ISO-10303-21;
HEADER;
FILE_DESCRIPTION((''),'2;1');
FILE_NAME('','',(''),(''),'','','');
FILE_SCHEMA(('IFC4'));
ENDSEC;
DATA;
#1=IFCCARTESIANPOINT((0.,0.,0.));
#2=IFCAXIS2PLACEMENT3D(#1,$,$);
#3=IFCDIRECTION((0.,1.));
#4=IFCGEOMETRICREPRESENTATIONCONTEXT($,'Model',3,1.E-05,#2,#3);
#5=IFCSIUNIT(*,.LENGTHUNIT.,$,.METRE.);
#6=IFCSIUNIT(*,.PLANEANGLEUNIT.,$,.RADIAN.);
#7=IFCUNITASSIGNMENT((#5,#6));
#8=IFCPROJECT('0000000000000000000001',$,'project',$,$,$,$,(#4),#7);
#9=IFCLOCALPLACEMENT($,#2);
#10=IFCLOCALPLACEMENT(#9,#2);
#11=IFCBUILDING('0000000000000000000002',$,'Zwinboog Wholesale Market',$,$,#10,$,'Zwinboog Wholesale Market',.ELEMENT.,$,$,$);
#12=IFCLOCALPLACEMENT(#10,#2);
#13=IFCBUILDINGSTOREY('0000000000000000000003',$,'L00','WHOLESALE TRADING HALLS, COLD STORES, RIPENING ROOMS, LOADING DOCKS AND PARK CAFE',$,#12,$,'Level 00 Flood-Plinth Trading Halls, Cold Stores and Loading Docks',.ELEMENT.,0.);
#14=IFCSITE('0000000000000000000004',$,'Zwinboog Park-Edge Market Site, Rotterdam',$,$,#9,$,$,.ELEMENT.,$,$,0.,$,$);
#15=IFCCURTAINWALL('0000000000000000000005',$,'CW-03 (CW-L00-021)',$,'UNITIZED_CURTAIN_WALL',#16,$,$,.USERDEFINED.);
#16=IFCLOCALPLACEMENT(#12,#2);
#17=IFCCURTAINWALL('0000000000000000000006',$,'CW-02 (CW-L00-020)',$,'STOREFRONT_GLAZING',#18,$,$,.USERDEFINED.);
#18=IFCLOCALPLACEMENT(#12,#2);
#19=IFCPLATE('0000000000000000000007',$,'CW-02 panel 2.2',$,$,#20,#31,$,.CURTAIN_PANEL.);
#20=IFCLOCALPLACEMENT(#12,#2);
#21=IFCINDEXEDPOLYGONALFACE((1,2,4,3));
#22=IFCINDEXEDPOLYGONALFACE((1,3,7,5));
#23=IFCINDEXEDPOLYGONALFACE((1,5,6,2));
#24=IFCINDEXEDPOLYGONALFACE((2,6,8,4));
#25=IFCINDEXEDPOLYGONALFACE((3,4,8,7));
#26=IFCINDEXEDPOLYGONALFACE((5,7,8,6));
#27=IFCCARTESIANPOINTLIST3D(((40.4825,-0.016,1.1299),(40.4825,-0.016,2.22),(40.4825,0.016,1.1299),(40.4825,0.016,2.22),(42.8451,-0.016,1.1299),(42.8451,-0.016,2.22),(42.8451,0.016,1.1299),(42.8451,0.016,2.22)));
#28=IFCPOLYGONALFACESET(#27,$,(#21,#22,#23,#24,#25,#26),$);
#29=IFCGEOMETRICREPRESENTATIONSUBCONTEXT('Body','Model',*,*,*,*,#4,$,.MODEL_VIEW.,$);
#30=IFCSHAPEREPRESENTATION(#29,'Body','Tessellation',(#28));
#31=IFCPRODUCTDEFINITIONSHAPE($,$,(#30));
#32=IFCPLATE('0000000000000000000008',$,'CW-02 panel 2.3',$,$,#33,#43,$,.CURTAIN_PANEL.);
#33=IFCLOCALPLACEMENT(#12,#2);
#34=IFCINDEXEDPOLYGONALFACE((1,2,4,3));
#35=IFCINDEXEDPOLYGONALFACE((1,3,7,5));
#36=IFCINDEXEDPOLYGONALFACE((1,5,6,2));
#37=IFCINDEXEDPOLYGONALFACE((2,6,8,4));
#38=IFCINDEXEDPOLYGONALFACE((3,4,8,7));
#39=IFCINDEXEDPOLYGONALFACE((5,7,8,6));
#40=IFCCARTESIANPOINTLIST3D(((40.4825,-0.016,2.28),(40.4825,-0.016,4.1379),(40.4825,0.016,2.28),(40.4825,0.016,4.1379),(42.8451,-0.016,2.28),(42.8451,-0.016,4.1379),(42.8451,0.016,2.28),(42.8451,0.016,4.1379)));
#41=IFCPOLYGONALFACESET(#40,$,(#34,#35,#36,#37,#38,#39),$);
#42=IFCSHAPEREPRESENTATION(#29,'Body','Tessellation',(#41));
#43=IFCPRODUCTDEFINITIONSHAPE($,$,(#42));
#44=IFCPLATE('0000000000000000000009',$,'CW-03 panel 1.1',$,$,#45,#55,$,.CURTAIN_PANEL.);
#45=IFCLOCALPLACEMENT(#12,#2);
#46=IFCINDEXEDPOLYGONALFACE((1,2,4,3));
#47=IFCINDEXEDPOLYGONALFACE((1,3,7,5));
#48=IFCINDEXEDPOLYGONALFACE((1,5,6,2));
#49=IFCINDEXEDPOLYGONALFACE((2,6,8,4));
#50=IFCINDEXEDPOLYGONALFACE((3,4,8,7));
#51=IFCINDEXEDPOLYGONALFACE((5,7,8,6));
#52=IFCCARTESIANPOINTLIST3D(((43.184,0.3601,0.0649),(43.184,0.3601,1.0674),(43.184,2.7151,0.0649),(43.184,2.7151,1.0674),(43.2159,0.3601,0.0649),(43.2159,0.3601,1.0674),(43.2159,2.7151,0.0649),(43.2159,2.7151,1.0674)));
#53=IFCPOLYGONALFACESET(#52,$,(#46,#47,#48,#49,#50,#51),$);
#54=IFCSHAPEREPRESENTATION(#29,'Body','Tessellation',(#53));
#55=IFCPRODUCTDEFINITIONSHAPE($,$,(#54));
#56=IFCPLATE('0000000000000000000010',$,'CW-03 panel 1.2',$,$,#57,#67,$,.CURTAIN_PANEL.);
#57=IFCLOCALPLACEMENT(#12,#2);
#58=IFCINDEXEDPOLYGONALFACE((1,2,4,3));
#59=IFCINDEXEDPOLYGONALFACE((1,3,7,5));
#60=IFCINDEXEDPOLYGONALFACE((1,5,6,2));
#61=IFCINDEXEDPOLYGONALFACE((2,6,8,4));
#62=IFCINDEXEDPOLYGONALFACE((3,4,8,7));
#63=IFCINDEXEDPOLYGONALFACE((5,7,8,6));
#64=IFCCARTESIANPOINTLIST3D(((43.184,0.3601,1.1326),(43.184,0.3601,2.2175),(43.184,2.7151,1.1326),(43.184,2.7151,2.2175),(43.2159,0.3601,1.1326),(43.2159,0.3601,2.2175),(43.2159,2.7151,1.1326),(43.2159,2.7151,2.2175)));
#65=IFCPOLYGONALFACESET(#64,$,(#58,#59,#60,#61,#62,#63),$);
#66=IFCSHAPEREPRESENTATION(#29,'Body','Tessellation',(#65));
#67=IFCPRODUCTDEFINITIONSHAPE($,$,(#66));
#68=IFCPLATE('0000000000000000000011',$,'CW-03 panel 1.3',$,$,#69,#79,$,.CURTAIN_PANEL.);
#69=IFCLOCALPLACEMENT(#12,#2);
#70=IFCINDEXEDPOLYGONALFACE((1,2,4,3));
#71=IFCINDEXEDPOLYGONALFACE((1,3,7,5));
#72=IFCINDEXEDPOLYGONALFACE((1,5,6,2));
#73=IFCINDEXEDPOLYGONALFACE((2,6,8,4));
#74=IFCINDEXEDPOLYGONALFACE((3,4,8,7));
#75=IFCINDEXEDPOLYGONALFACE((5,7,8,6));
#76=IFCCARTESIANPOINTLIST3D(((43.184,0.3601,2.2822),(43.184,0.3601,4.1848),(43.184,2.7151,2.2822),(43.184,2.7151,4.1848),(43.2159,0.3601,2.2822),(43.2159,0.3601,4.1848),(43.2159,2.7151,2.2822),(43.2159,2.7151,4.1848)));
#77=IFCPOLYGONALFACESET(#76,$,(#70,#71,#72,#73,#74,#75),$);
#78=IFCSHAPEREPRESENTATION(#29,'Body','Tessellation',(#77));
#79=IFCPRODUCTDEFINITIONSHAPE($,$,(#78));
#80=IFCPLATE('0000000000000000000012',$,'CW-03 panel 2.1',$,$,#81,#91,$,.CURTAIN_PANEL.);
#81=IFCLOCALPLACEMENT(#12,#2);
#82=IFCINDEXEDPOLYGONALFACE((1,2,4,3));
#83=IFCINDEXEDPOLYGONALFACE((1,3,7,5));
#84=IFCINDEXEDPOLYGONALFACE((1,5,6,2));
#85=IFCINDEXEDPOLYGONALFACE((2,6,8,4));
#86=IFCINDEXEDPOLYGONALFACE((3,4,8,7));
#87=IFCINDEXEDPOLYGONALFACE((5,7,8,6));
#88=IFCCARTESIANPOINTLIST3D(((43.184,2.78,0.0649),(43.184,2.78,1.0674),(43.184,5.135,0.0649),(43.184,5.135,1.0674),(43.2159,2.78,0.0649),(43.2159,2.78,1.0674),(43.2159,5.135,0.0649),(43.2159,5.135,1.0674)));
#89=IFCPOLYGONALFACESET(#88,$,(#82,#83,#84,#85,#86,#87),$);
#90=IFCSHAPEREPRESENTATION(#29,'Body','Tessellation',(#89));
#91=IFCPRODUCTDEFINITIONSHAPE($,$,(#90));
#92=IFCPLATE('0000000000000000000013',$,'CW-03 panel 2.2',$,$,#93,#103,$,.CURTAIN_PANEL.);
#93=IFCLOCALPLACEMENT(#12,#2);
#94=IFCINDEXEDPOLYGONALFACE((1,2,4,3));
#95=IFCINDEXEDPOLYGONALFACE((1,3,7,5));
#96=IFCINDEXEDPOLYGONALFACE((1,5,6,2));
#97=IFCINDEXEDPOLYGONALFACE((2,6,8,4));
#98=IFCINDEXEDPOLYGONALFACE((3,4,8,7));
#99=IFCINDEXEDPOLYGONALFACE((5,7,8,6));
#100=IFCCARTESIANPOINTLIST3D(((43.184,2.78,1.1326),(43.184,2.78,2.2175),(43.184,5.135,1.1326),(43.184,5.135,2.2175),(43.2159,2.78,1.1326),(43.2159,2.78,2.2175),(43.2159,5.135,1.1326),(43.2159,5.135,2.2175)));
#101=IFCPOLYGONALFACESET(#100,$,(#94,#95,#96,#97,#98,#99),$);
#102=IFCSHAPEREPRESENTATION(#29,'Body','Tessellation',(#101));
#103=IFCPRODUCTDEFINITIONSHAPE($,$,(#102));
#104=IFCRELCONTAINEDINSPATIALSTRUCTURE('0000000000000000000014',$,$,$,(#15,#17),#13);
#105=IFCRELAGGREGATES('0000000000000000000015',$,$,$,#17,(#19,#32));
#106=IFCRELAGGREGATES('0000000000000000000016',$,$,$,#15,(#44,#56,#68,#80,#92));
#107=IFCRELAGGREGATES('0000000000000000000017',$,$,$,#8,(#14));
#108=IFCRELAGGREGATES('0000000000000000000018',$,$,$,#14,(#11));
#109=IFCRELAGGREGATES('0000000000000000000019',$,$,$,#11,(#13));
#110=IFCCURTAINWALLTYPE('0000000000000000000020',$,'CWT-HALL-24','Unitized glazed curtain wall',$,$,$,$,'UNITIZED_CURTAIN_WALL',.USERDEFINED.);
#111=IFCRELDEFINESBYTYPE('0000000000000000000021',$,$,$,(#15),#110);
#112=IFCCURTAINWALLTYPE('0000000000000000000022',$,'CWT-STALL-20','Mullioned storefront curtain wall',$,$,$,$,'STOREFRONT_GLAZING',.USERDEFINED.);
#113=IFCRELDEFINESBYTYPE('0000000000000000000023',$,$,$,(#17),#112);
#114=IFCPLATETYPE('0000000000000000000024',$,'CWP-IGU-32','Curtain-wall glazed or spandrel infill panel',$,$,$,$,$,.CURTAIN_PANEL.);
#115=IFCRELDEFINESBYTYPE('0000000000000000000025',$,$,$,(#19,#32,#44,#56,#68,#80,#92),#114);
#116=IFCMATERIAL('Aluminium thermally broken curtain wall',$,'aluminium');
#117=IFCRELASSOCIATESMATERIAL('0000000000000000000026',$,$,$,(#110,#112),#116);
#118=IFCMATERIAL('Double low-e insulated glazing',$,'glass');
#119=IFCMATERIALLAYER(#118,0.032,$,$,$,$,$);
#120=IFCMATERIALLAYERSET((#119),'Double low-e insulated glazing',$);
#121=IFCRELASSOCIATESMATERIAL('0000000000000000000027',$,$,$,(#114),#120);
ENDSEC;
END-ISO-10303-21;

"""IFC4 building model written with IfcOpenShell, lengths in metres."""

from ifc_helpers import new_model, si_unit, direction, frame, origin, origin_2d, place, context, subcontext, project, spatial, rectangle, extrude, material, layer, layer_set, type_object, element, aggregate, save


model = new_model("IFC4")

# Units and contexts
model_context = context("Model", 3, precision=1e-05, world=origin(), true_north=direction((0.0, 1.0)))
body_context = subcontext(model_context, "Body", "Model", "MODEL_VIEW")
ifc_project = project(units=[si_unit("LENGTHUNIT", "METRE"), si_unit("PLANEANGLEUNIT", "RADIAN")], contexts=[model_context])

# Site, building, storey
site_placement = place(None, origin())
site = spatial("IfcSite", under=ifc_project, at=site_placement, Name="Zwinboog Park-Edge Market Site, Rotterdam", CompositionType="ELEMENT", RefElevation=0.0)
building_placement = place(site_placement, origin())
building = spatial("IfcBuilding", under=site, at=building_placement, Name="Zwinboog Wholesale Market", LongName="Zwinboog Wholesale Market", CompositionType="ELEMENT")
storey_placement = place(building_placement, origin())
storey = spatial("IfcBuildingStorey", under=building, at=storey_placement, Name="L00", Description="WHOLESALE TRADING HALLS, COLD STORES, RIPENING ROOMS, LOADING DOCKS AND PARK CAFE", LongName="Level 00 Flood-Plinth Trading Halls, Cold Stores and Loading Docks", CompositionType="ELEMENT", Elevation=0.0)

# Curtain wall
ifc_material_1 = material(Name="Aluminium thermally broken curtain wall", Category="aluminium")
curtain_wall_type_1 = type_object("IfcCurtainWallType", Name="CWT-HALL-24", Description="Unitized glazed curtain wall", ElementType="UNITIZED_CURTAIN_WALL", PredefinedType="USERDEFINED", material=ifc_material_1)
curtain_wall_1_placement = place(storey_placement, origin())
curtain_wall_1 = element("IfcCurtainWall", 1, at=curtain_wall_1_placement, inside=storey, type_object=curtain_wall_type_1, Name="CW-03 (CW-L00-021)", ObjectType="UNITIZED_CURTAIN_WALL", PredefinedType="USERDEFINED")

# Curtain wall, plates
curtain_wall_type_2 = type_object("IfcCurtainWallType", Name="CWT-STALL-20", Description="Mullioned storefront curtain wall", ElementType="STOREFRONT_GLAZING", PredefinedType="USERDEFINED", material=ifc_material_1)
curtain_wall_2_placement = place(storey_placement, origin())
curtain_wall_2 = element("IfcCurtainWall", 2, at=curtain_wall_2_placement, inside=storey, type_object=curtain_wall_type_2, Name="CW-02 (CW-L00-020)", ObjectType="STOREFRONT_GLAZING", PredefinedType="USERDEFINED")
ifc_material_2 = material(Name="Double low-e insulated glazing", Category="glass")
ifc_layer = layer(ifc_material_2, 0.032)
ifc_layer_set = layer_set([ifc_layer], Name="Double low-e insulated glazing")
plate_type = type_object("IfcPlateType", Name="CWP-IGU-32", Description="Curtain-wall glazed or spandrel infill panel", PredefinedType="CURTAIN_PANEL", material=ifc_layer_set)
plate_1_placement = place(storey_placement, frame((41.6638, 0.0, 1.1299), z_axis=(0.0, 0.0, 1.0), x_axis=(1.0, 0.0, 0.0)))
plate_1 = element("IfcPlate", 3, at=plate_1_placement, type_object=plate_type, Name="CW-02 panel 2.2", PredefinedType="CURTAIN_PANEL", context=body_context, shape_type="SweptSolid", body=[
    extrude(rectangle(XDim=2.3625, YDim=0.032, at=origin_2d()), origin(), (0.0, 0.0, 1.0), 1.0901),
])
plate_2_placement = place(storey_placement, frame((41.6638, 0.0, 2.28), z_axis=(0.0, 0.0, 1.0), x_axis=(1.0, 0.0, 0.0)))
plate_2 = element("IfcPlate", 4, at=plate_2_placement, type_object=plate_type, Name="CW-02 panel 2.3", PredefinedType="CURTAIN_PANEL", context=body_context, shape_type="SweptSolid", body=[
    extrude(rectangle(XDim=2.3625, YDim=0.032, at=origin_2d()), origin(), (0.0, 0.0, 1.0), 1.8579),
])
aggregate(curtain_wall_2, [plate_1, plate_2])

# Plates
plate_3_placement = place(storey_placement, frame((43.2, 1.5376, 0.0649), z_axis=(0.0, 0.0, 1.0), x_axis=(0.0, 1.0, 0.0)))
plate_3 = element("IfcPlate", 5, at=plate_3_placement, type_object=plate_type, Name="CW-03 panel 1.1", PredefinedType="CURTAIN_PANEL", context=body_context, shape_type="SweptSolid", body=[
    extrude(rectangle(XDim=2.355, YDim=0.032, at=origin_2d()), origin(), (0.0, 0.0, 1.0), 1.0024),
])
plate_4_placement = place(storey_placement, frame((43.2, 1.5376, 1.1326), z_axis=(0.0, 0.0, 1.0), x_axis=(0.0, 1.0, 0.0)))
plate_4 = element("IfcPlate", 6, at=plate_4_placement, type_object=plate_type, Name="CW-03 panel 1.2", PredefinedType="CURTAIN_PANEL", context=body_context, shape_type="SweptSolid", body=[
    extrude(rectangle(XDim=2.355, YDim=0.032, at=origin_2d()), origin(), (0.0, 0.0, 1.0), 1.085),
])
plate_5_placement = place(storey_placement, frame((43.2, 1.5376, 2.2822), z_axis=(0.0, 0.0, 1.0), x_axis=(0.0, 1.0, 0.0)))
plate_5 = element("IfcPlate", 7, at=plate_5_placement, type_object=plate_type, Name="CW-03 panel 1.3", PredefinedType="CURTAIN_PANEL", context=body_context, shape_type="SweptSolid", body=[
    extrude(rectangle(XDim=2.355, YDim=0.032, at=origin_2d()), origin(), (0.0, 0.0, 1.0), 1.9026),
])
plate_6_placement = place(storey_placement, frame((43.2, 3.9575, 0.0649), z_axis=(0.0, 0.0, 1.0), x_axis=(0.0, 1.0, 0.0)))
plate_6 = element("IfcPlate", 8, at=plate_6_placement, type_object=plate_type, Name="CW-03 panel 2.1", PredefinedType="CURTAIN_PANEL", context=body_context, shape_type="SweptSolid", body=[
    extrude(rectangle(XDim=2.355, YDim=0.032, at=origin_2d()), origin(), (0.0, 0.0, 1.0), 1.0024),
])
plate_7_placement = place(storey_placement, frame((43.2, 3.9575, 1.1326), z_axis=(0.0, 0.0, 1.0), x_axis=(0.0, 1.0, 0.0)))
plate_7 = element("IfcPlate", 9, at=plate_7_placement, type_object=plate_type, Name="CW-03 panel 2.2", PredefinedType="CURTAIN_PANEL", context=body_context, shape_type="SweptSolid", body=[
    extrude(rectangle(XDim=2.355, YDim=0.032, at=origin_2d()), origin(), (0.0, 0.0, 1.0), 1.085),
])
aggregate(curtain_wall_1, [plate_3, plate_4, plate_5, plate_6, plate_7])

save(model, "model.ifc")
